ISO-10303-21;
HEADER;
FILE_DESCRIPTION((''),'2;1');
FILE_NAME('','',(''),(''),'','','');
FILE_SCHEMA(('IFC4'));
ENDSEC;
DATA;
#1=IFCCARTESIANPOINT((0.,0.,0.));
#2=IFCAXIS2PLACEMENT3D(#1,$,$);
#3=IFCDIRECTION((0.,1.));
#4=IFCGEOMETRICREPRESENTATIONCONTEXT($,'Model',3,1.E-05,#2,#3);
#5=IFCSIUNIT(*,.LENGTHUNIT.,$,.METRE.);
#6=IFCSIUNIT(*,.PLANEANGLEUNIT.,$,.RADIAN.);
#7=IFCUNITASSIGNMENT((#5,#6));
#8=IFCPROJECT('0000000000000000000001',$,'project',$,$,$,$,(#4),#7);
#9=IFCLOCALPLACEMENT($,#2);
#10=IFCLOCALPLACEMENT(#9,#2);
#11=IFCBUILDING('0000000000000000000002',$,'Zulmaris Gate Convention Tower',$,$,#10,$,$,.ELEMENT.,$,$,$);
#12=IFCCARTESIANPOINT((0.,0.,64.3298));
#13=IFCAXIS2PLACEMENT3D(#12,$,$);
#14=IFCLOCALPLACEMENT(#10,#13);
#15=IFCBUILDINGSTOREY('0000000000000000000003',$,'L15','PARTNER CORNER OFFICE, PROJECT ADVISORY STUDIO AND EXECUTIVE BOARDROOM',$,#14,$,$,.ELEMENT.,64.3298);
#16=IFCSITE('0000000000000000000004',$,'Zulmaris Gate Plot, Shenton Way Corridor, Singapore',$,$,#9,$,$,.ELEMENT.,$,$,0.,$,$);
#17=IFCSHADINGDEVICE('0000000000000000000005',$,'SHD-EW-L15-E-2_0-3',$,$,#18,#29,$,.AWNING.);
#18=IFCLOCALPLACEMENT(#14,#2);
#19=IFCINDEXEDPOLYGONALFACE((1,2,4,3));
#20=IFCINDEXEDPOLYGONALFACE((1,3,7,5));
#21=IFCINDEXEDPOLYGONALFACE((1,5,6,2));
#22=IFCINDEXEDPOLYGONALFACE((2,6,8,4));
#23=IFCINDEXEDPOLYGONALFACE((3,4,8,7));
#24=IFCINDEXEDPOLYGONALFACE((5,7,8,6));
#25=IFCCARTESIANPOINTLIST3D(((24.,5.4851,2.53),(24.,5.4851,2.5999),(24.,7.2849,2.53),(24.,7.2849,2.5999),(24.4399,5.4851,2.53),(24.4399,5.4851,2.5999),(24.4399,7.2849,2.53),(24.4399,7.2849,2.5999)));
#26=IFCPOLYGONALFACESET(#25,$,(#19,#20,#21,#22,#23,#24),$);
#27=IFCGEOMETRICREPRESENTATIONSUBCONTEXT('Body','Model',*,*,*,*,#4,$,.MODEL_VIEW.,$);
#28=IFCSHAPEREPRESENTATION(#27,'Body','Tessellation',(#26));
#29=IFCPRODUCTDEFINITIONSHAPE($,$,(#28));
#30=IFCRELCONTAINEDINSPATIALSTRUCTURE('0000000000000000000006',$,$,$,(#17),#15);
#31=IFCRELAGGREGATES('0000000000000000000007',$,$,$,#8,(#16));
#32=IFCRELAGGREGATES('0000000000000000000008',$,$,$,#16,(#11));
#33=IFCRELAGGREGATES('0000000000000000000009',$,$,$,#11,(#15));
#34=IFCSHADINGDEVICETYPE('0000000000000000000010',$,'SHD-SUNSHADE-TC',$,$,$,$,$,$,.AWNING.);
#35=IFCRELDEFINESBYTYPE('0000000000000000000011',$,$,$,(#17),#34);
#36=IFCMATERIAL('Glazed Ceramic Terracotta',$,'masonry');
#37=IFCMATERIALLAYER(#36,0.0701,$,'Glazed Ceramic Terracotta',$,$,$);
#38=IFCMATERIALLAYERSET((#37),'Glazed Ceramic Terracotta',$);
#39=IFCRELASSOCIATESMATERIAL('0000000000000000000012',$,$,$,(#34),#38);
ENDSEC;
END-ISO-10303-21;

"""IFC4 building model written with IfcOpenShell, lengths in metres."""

from ifc_helpers import new_model, si_unit, direction, frame, frame_2d, origin, place, context, subcontext, project, spatial, rectangle, extrude, material, layer, layer_set, type_object, element, save


model = new_model("IFC4")

# Units and contexts
model_context = context("Model", 3, precision=1e-05, world=origin(), true_north=direction((0.0, 1.0)))
body_context = subcontext(model_context, "Body", "Model", "MODEL_VIEW")
ifc_project = project(units=[si_unit("LENGTHUNIT", "METRE"), si_unit("PLANEANGLEUNIT", "RADIAN")], contexts=[model_context])

# Site, building, storey
site_placement = place(None, origin())
site = spatial("IfcSite", under=ifc_project, at=site_placement, Name="Zulmaris Gate Plot, Shenton Way Corridor, Singapore", CompositionType="ELEMENT", RefElevation=0.0)
building_placement = place(site_placement, origin())
building = spatial("IfcBuilding", under=site, at=building_placement, Name="Zulmaris Gate Convention Tower", CompositionType="ELEMENT")
storey_placement = place(building_placement, frame((0.0, 0.0, 64.3298)))
storey = spatial("IfcBuildingStorey", under=building, at=storey_placement, Name="L15", Description="PARTNER CORNER OFFICE, PROJECT ADVISORY STUDIO AND EXECUTIVE BOARDROOM", CompositionType="ELEMENT", Elevation=64.3298)

# Shading device
ifc_material_1 = material(Name="Glazed Ceramic Terracotta", Category="masonry")
ifc_layer_1 = layer(ifc_material_1, 0.0701, Name="Glazed Ceramic Terracotta")
ifc_layer_set_1 = layer_set([ifc_layer_1], Name="Glazed Ceramic Terracotta")
shading_device_type = type_object("IfcShadingDeviceType", Name="SHD-SUNSHADE-TC", PredefinedType="AWNING", material=ifc_layer_set_1)
for number, where, z_axis, x_axis, name in (
    (1, (24.22, 5.4851, 2.53), (0.0, 0.0, 1.0), (0.0, 1.0, 0.0), "SHD-EW-L15-E-2_0-3"),
):
    element("IfcShadingDevice", number, at=place(storey_placement, frame(where, z_axis=z_axis, x_axis=x_axis)), inside=storey, type_object=shading_device_type, Name=name, PredefinedType="AWNING", context=body_context, shape_type="SweptSolid", body=[
        extrude(rectangle(XDim=1.7998, YDim=0.4399, at=frame_2d((0.8999, 0.0))), origin(), (0.0, 0.0, 1.0), 0.0698),
    ])

save(model, "model.ifc")
